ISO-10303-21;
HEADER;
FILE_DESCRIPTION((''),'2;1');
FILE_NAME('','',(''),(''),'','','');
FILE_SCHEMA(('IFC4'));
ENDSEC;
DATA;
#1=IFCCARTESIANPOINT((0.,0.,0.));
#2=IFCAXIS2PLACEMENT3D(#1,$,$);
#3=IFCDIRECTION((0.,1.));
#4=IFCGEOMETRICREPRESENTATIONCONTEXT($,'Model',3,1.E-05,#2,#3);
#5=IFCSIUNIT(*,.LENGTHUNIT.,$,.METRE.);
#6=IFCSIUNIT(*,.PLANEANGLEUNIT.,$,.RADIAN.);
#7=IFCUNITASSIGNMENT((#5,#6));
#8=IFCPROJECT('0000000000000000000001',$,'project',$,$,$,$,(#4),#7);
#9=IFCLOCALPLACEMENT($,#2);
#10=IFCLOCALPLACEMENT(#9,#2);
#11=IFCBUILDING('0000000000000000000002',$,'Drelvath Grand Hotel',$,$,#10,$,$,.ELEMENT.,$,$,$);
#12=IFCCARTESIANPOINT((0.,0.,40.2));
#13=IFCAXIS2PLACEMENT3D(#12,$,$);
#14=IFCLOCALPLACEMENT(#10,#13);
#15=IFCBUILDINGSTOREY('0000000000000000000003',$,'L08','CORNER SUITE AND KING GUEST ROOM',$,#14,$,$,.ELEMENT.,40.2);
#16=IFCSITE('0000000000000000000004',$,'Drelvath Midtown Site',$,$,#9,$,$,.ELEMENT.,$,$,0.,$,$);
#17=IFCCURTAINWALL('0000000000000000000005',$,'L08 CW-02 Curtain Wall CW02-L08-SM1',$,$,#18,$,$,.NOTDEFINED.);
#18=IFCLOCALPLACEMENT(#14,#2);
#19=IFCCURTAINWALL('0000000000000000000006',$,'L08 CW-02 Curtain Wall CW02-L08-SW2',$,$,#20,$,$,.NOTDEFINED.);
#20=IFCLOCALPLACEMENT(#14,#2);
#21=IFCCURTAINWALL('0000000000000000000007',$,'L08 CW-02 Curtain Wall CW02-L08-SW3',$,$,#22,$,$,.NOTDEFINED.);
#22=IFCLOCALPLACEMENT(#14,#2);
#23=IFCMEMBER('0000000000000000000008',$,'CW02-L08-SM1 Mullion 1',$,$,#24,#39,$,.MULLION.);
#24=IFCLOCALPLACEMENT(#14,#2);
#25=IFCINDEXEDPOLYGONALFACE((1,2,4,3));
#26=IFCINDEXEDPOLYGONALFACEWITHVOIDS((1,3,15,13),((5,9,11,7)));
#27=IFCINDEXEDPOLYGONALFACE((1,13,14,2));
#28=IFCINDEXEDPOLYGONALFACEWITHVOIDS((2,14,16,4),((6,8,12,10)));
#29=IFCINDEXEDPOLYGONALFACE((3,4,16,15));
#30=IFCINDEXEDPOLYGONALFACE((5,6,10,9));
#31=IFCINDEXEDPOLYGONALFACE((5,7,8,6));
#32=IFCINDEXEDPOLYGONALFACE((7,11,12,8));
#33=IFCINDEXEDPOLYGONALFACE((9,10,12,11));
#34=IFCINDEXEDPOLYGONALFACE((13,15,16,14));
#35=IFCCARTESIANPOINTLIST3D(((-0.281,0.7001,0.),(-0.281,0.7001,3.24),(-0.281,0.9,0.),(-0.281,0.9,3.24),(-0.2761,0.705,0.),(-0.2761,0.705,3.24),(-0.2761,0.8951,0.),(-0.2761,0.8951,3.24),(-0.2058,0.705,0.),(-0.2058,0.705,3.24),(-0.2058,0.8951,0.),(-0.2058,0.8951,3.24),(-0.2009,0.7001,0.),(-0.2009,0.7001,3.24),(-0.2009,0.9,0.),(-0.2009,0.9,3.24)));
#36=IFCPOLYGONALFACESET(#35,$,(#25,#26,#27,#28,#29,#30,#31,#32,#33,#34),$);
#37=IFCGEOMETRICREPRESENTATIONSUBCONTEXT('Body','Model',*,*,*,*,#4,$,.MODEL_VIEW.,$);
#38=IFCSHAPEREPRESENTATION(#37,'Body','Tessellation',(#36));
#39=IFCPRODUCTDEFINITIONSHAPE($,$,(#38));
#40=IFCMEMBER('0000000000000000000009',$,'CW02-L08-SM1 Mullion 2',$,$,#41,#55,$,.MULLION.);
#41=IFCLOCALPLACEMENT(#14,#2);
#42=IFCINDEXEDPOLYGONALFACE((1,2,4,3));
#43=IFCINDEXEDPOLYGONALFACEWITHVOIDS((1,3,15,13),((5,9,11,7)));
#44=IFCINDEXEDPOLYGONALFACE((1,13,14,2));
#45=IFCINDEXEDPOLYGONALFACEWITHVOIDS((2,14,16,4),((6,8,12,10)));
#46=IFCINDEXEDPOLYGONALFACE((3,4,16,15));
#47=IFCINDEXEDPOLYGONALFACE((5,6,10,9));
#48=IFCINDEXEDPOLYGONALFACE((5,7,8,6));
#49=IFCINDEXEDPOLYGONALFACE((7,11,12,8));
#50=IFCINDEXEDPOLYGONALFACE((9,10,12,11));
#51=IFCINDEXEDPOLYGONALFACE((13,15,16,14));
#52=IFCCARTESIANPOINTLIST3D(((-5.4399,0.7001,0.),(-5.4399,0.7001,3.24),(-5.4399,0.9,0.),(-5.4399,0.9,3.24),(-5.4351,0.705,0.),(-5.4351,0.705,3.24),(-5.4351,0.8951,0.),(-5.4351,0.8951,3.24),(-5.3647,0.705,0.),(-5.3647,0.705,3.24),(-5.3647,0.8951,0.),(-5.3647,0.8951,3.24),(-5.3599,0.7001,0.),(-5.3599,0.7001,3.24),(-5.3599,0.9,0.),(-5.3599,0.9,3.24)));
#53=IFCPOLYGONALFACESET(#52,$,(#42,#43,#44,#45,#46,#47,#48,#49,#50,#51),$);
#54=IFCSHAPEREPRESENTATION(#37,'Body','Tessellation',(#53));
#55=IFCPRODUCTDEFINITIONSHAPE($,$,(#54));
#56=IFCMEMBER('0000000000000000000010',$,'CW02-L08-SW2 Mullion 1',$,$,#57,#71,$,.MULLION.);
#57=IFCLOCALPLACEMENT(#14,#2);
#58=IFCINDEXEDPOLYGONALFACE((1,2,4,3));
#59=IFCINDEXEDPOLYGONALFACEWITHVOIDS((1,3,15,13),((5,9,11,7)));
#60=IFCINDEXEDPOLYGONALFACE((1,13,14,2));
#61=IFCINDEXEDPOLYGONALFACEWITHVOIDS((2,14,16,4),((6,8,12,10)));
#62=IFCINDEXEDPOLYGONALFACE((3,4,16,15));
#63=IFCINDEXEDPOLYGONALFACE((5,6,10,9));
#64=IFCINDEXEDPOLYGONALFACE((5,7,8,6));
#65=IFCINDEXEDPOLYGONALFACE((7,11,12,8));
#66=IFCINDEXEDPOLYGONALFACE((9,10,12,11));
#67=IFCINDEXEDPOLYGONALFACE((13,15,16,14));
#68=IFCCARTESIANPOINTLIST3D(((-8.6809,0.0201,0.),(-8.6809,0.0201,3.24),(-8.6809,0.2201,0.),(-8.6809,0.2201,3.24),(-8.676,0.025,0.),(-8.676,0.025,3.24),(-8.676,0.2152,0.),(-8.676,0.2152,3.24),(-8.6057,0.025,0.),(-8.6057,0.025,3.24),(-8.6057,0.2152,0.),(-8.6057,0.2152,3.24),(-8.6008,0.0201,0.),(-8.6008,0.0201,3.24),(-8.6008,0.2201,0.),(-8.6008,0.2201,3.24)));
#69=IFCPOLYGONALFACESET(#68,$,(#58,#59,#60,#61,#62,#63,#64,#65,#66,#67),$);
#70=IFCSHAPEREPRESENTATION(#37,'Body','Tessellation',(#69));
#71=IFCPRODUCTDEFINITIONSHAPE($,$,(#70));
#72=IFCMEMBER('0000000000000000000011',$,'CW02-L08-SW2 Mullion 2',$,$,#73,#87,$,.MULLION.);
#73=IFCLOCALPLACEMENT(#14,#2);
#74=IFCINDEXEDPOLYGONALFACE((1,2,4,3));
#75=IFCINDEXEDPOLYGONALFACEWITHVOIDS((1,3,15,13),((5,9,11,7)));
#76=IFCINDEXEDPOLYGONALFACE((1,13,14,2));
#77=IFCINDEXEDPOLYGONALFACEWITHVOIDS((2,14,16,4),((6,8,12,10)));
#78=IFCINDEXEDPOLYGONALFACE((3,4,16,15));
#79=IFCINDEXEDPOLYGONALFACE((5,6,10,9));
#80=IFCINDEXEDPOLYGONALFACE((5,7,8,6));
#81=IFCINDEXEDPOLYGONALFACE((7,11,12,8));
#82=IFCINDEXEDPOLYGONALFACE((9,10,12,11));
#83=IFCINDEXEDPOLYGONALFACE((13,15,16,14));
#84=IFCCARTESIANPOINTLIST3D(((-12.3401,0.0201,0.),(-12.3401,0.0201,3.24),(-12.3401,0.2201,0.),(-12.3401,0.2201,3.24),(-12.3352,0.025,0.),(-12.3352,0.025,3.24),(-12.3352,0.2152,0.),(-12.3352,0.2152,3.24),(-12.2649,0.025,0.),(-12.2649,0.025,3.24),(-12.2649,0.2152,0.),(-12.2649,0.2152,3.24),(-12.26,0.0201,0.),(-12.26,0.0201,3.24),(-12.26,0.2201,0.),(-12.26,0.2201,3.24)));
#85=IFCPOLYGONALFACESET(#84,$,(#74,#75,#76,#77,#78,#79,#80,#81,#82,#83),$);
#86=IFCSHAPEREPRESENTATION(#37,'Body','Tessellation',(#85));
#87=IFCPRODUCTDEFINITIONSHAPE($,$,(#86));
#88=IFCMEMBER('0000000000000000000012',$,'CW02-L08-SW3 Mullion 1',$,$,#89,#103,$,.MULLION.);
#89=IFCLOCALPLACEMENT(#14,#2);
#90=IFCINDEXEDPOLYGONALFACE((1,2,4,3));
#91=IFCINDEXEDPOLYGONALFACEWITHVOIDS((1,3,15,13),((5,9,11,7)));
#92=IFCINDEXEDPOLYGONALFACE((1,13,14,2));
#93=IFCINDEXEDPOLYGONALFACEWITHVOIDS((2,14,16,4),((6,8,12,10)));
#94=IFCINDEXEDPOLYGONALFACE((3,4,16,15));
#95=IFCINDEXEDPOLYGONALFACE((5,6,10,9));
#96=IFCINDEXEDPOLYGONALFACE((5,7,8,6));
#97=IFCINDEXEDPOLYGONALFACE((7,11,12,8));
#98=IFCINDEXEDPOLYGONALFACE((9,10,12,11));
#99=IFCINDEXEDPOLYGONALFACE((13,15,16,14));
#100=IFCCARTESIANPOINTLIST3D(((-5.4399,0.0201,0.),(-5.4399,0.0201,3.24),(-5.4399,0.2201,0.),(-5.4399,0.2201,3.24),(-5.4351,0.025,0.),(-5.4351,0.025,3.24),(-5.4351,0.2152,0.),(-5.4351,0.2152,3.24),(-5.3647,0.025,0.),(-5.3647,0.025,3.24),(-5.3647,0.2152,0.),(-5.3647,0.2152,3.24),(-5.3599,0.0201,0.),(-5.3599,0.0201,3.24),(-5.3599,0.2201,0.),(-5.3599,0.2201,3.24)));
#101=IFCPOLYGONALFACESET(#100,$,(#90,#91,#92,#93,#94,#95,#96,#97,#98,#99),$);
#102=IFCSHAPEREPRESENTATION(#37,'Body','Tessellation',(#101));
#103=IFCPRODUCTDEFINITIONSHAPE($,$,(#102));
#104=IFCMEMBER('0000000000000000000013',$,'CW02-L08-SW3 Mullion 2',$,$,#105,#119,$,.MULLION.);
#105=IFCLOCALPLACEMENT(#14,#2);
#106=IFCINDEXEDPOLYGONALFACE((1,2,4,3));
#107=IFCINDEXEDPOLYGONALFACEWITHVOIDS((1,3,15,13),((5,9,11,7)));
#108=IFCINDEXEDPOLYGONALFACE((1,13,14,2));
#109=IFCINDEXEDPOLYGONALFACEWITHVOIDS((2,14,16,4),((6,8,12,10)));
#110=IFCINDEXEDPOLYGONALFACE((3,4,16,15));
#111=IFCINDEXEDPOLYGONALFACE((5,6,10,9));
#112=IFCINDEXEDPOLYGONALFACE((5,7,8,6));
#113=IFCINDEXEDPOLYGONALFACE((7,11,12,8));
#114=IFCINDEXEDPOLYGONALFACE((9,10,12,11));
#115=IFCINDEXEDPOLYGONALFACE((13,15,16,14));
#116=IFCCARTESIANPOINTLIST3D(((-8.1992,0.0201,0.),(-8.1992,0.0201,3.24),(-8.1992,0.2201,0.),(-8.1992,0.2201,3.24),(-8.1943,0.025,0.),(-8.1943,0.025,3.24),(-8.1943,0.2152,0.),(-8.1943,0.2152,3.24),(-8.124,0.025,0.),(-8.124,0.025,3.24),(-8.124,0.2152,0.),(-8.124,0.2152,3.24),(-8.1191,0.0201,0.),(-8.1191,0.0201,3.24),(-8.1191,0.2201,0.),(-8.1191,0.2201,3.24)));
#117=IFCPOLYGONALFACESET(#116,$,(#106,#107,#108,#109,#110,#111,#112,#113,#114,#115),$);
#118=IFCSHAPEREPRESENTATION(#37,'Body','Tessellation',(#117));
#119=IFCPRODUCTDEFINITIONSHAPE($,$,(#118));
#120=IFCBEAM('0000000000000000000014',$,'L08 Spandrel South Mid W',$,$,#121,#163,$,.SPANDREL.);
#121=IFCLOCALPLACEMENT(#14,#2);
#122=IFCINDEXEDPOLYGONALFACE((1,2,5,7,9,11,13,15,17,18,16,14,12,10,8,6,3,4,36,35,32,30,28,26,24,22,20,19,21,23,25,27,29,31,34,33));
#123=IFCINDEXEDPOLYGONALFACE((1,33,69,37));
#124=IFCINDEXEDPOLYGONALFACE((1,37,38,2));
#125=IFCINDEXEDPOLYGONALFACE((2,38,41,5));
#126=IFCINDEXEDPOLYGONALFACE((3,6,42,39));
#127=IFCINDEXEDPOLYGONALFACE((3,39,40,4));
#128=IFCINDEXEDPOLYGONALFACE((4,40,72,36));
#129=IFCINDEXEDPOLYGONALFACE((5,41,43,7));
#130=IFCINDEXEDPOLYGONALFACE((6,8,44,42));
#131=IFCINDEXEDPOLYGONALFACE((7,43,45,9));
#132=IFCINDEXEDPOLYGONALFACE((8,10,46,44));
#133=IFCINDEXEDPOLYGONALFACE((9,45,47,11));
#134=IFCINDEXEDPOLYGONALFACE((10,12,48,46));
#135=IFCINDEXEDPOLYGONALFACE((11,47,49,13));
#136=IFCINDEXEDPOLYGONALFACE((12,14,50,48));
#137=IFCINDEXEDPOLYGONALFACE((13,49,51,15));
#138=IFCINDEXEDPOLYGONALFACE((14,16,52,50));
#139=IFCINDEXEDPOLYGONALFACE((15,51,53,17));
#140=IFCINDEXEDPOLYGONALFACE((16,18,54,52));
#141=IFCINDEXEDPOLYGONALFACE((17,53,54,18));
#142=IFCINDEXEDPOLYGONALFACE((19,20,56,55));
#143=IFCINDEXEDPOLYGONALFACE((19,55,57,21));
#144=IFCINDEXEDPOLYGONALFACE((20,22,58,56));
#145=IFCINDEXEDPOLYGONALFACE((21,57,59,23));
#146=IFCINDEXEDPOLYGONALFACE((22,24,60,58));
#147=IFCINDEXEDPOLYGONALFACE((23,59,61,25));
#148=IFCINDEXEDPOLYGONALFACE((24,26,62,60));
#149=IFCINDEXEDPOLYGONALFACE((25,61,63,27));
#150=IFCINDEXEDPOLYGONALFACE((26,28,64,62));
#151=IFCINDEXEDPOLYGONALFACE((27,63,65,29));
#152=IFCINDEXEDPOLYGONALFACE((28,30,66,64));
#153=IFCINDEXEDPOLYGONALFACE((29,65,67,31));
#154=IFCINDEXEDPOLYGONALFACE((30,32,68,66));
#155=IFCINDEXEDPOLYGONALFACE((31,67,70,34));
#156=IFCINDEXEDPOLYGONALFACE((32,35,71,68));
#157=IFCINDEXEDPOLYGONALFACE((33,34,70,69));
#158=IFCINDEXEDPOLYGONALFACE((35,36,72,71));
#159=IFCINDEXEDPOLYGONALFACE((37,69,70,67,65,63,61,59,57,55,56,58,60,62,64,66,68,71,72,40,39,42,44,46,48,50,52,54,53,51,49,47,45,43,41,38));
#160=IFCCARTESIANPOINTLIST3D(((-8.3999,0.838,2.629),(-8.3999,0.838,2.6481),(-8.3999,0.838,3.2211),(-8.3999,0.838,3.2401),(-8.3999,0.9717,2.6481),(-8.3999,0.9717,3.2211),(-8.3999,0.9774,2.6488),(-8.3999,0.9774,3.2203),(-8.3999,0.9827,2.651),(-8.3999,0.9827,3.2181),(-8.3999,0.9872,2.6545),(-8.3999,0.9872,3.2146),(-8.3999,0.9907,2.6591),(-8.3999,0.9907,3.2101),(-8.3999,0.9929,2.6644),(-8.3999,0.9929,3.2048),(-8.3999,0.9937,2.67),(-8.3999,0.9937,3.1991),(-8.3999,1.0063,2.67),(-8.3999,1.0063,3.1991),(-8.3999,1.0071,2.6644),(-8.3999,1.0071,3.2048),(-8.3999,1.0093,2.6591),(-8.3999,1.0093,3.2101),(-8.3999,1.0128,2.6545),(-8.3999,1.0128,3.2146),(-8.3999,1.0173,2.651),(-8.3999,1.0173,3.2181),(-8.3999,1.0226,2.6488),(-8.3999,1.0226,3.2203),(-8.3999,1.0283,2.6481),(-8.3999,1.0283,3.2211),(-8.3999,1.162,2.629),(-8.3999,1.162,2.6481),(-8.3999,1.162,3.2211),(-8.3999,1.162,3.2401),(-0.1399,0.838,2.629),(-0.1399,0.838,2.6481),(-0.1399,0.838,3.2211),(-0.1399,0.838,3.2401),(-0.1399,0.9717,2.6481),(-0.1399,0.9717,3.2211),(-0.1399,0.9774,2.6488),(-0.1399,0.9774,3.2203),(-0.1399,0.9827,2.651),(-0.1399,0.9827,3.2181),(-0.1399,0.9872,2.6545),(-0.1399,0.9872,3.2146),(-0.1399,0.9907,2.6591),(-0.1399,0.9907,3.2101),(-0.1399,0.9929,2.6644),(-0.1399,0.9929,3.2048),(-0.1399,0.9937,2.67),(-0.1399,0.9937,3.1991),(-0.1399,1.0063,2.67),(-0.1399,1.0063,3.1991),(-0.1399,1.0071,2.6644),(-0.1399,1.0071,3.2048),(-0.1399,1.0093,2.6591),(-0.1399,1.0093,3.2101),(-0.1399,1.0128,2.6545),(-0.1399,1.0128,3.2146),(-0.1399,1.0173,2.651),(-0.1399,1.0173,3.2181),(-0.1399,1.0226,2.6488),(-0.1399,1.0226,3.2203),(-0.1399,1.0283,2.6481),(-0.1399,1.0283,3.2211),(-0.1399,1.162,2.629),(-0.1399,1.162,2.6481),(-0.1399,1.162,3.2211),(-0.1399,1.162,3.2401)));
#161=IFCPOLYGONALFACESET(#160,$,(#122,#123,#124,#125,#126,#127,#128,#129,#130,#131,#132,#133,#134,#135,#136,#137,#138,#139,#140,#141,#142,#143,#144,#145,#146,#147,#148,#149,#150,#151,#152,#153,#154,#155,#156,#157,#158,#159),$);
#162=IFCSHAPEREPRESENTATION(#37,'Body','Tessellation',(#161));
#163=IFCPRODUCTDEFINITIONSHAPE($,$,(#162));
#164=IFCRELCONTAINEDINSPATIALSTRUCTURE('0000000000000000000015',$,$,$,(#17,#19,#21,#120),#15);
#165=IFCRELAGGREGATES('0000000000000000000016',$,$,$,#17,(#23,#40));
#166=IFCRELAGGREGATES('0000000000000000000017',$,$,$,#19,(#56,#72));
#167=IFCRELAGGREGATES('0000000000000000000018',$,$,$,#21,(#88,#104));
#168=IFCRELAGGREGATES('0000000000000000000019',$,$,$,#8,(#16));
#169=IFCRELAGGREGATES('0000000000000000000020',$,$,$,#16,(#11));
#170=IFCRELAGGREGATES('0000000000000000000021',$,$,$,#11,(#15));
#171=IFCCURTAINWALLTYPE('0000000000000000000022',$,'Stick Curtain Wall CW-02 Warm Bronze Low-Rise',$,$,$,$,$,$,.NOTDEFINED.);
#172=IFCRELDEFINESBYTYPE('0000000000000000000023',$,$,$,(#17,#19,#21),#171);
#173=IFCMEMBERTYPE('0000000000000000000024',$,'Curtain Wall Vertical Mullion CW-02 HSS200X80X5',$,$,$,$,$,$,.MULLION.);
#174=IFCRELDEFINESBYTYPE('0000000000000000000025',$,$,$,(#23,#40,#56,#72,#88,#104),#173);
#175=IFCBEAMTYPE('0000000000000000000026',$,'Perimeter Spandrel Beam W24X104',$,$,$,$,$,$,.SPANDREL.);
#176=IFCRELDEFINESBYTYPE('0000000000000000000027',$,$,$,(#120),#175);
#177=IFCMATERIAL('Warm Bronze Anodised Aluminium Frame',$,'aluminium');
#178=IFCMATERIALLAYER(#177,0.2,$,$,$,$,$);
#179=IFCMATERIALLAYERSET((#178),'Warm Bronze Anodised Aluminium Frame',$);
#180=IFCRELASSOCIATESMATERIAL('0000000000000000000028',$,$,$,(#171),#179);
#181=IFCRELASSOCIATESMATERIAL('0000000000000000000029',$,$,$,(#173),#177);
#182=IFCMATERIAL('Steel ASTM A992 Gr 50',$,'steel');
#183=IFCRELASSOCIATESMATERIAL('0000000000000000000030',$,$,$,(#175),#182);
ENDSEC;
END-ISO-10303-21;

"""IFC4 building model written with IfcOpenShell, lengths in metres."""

from ifc_helpers import new_model, si_unit, direction, frame, origin, origin_2d, place, context, subcontext, project, spatial, hollow_rectangle, i_section, extrude, material, layer, layer_set, material_profile, profile_set, type_object, element, aggregate, save


model = new_model("IFC4")

# Units and contexts
model_context = context("Model", 3, precision=1e-05, world=origin(), true_north=direction((0.0, 1.0)))
body_context = subcontext(model_context, "Body", "Model", "MODEL_VIEW")
ifc_project = project(units=[si_unit("LENGTHUNIT", "METRE"), si_unit("PLANEANGLEUNIT", "RADIAN")], contexts=[model_context])

# Site, building, storey
site_placement = place(None, origin())
site = spatial("IfcSite", under=ifc_project, at=site_placement, Name="Drelvath Midtown Site", CompositionType="ELEMENT", RefElevation=0.0)
building_placement = place(site_placement, origin())
building = spatial("IfcBuilding", under=site, at=building_placement, Name="Drelvath Grand Hotel", CompositionType="ELEMENT")
storey_placement = place(building_placement, frame((0.0, 0.0, 40.2)))
storey = spatial("IfcBuildingStorey", under=building, at=storey_placement, Name="L08", Description="CORNER SUITE AND KING GUEST ROOM", CompositionType="ELEMENT", Elevation=40.2)

# Shared definitions
ifc_material_1 = material(Name="Steel ASTM A992 Gr 50", Category="steel")

# Curtain walls
ifc_material_2 = material(Name="Warm Bronze Anodised Aluminium Frame", Category="aluminium")
ifc_layer_1 = layer(ifc_material_2, 0.2)
ifc_layer_set_1 = layer_set([ifc_layer_1], Name="Warm Bronze Anodised Aluminium Frame")
curtain_wall_type = type_object("IfcCurtainWallType", Name="Stick Curtain Wall CW-02 Warm Bronze Low-Rise", PredefinedType="NOTDEFINED", material=ifc_layer_set_1)
curtain_wall_1_placement = place(storey_placement, origin())
curtain_wall_1 = element("IfcCurtainWall", 1, at=curtain_wall_1_placement, inside=storey, type_object=curtain_wall_type, Name="L08 CW-02 Curtain Wall CW02-L08-SM1", PredefinedType="NOTDEFINED")
curtain_wall_2_placement = place(storey_placement, origin())
curtain_wall_2 = element("IfcCurtainWall", 2, at=curtain_wall_2_placement, inside=storey, type_object=curtain_wall_type, Name="L08 CW-02 Curtain Wall CW02-L08-SW2", PredefinedType="NOTDEFINED")
curtain_wall_3_placement = place(storey_placement, origin())
curtain_wall_3 = element("IfcCurtainWall", 3, at=curtain_wall_3_placement, inside=storey, type_object=curtain_wall_type, Name="L08 CW-02 Curtain Wall CW02-L08-SW3", PredefinedType="NOTDEFINED")

# Members
ifc_material_profile_1 = material_profile(ifc_material_2, hollow_rectangle(XDim=0.0801, YDim=0.2, WallThickness=0.0049, at=origin_2d()), Name="HSS200X80X5")
ifc_profile_set_1 = profile_set([ifc_material_profile_1], Name="Warm Bronze Anodised Aluminium Frame")
member_type_1 = type_object("IfcMemberType", Name="Curtain Wall Vertical Mullion CW-02 HSS200X80X5", PredefinedType="MULLION", material=ifc_profile_set_1)
member_1_placement = place(storey_placement, frame((-0.241, 0.8, 0.0), z_axis=(0.0, 0.0, 1.0), x_axis=(1.0, 0.0, 0.0)))
member_1 = element("IfcMember", 4, at=member_1_placement, type_object=member_type_1, Name="CW02-L08-SM1 Mullion 1", PredefinedType="MULLION", context=body_context, shape_type="SweptSolid", body=[
    extrude(hollow_rectangle(XDim=0.0801, YDim=0.2, WallThickness=0.0049, at=origin_2d()), origin(), (0.0, 0.0, 1.0), 3.24),
])
member_2_placement = place(storey_placement, frame((-5.3999, 0.8, 0.0), z_axis=(0.0, 0.0, 1.0), x_axis=(1.0, 0.0, 0.0)))
member_2 = element("IfcMember", 5, at=member_2_placement, type_object=member_type_1, Name="CW02-L08-SM1 Mullion 2", PredefinedType="MULLION", context=body_context, shape_type="SweptSolid", body=[
    extrude(hollow_rectangle(XDim=0.0801, YDim=0.2, WallThickness=0.0049, at=origin_2d()), origin(), (0.0, 0.0, 1.0), 3.24),
])
member_3_placement = place(storey_placement, frame((-8.6409, 0.1201, 0.0), z_axis=(0.0, 0.0, 1.0), x_axis=(1.0, 0.0, 0.0)))
member_3 = element("IfcMember", 6, at=member_3_placement, type_object=member_type_1, Name="CW02-L08-SW2 Mullion 1", PredefinedType="MULLION", context=body_context, shape_type="SweptSolid", body=[
    extrude(hollow_rectangle(XDim=0.0801, YDim=0.2, WallThickness=0.0049, at=origin_2d()), origin(), (0.0, 0.0, 1.0), 3.24),
])
member_4_placement = place(storey_placement, frame((-12.3, 0.1201, 0.0), z_axis=(0.0, 0.0, 1.0), x_axis=(1.0, 0.0, 0.0)))
member_4 = element("IfcMember", 7, at=member_4_placement, type_object=member_type_1, Name="CW02-L08-SW2 Mullion 2", PredefinedType="MULLION", context=body_context, shape_type="SweptSolid", body=[
    extrude(hollow_rectangle(XDim=0.0801, YDim=0.2, WallThickness=0.0049, at=origin_2d()), origin(), (0.0, 0.0, 1.0), 3.24),
])
member_5_placement = place(storey_placement, frame((-5.3999, 0.1201, 0.0), z_axis=(0.0, 0.0, 1.0), x_axis=(1.0, 0.0, 0.0)))
member_5 = element("IfcMember", 8, at=member_5_placement, type_object=member_type_1, Name="CW02-L08-SW3 Mullion 1", PredefinedType="MULLION", context=body_context, shape_type="SweptSolid", body=[
    extrude(hollow_rectangle(XDim=0.0801, YDim=0.2, WallThickness=0.0049, at=origin_2d()), origin(), (0.0, 0.0, 1.0), 3.24),
])
member_6_placement = place(storey_placement, frame((-8.1592, 0.1201, 0.0), z_axis=(0.0, 0.0, 1.0), x_axis=(1.0, 0.0, 0.0)))
member_6 = element("IfcMember", 9, at=member_6_placement, type_object=member_type_1, Name="CW02-L08-SW3 Mullion 2", PredefinedType="MULLION", context=body_context, shape_type="SweptSolid", body=[
    extrude(hollow_rectangle(XDim=0.0801, YDim=0.2, WallThickness=0.0049, at=origin_2d()), origin(), (0.0, 0.0, 1.0), 3.24),
])

# Beam
ifc_material_profile_2 = material_profile(ifc_material_1, i_section(OverallWidth=0.324, OverallDepth=0.6111, WebThickness=0.0127, FlangeThickness=0.019, FilletRadius=0.022, at=origin_2d()), Name="W24X104")
ifc_profile_set_2 = profile_set([ifc_material_profile_2], Name="Steel ASTM A992 Gr 50")
beam_type_1 = type_object("IfcBeamType", Name="Perimeter Spandrel Beam W24X104", PredefinedType="SPANDREL", material=ifc_profile_set_2)
beam_1_placement = place(storey_placement, frame((-8.3999, 1.0, 2.9346), z_axis=(1.0, 0.0, 0.0), x_axis=(0.0, 1.0, 0.0)))
element("IfcBeam", 10, at=beam_1_placement, inside=storey, type_object=beam_type_1, Name="L08 Spandrel South Mid W", PredefinedType="SPANDREL", context=body_context, shape_type="SweptSolid", body=[
    extrude(i_section(OverallWidth=0.324, OverallDepth=0.6111, WebThickness=0.0127, FlangeThickness=0.019, FilletRadius=0.022, at=origin_2d()), origin(), (0.0, 0.0, 1.0), 8.26),
])

aggregate(curtain_wall_1, [member_1, member_2])
aggregate(curtain_wall_2, [member_3, member_4])
aggregate(curtain_wall_3, [member_5, member_6])

save(model, "model.ifc")
